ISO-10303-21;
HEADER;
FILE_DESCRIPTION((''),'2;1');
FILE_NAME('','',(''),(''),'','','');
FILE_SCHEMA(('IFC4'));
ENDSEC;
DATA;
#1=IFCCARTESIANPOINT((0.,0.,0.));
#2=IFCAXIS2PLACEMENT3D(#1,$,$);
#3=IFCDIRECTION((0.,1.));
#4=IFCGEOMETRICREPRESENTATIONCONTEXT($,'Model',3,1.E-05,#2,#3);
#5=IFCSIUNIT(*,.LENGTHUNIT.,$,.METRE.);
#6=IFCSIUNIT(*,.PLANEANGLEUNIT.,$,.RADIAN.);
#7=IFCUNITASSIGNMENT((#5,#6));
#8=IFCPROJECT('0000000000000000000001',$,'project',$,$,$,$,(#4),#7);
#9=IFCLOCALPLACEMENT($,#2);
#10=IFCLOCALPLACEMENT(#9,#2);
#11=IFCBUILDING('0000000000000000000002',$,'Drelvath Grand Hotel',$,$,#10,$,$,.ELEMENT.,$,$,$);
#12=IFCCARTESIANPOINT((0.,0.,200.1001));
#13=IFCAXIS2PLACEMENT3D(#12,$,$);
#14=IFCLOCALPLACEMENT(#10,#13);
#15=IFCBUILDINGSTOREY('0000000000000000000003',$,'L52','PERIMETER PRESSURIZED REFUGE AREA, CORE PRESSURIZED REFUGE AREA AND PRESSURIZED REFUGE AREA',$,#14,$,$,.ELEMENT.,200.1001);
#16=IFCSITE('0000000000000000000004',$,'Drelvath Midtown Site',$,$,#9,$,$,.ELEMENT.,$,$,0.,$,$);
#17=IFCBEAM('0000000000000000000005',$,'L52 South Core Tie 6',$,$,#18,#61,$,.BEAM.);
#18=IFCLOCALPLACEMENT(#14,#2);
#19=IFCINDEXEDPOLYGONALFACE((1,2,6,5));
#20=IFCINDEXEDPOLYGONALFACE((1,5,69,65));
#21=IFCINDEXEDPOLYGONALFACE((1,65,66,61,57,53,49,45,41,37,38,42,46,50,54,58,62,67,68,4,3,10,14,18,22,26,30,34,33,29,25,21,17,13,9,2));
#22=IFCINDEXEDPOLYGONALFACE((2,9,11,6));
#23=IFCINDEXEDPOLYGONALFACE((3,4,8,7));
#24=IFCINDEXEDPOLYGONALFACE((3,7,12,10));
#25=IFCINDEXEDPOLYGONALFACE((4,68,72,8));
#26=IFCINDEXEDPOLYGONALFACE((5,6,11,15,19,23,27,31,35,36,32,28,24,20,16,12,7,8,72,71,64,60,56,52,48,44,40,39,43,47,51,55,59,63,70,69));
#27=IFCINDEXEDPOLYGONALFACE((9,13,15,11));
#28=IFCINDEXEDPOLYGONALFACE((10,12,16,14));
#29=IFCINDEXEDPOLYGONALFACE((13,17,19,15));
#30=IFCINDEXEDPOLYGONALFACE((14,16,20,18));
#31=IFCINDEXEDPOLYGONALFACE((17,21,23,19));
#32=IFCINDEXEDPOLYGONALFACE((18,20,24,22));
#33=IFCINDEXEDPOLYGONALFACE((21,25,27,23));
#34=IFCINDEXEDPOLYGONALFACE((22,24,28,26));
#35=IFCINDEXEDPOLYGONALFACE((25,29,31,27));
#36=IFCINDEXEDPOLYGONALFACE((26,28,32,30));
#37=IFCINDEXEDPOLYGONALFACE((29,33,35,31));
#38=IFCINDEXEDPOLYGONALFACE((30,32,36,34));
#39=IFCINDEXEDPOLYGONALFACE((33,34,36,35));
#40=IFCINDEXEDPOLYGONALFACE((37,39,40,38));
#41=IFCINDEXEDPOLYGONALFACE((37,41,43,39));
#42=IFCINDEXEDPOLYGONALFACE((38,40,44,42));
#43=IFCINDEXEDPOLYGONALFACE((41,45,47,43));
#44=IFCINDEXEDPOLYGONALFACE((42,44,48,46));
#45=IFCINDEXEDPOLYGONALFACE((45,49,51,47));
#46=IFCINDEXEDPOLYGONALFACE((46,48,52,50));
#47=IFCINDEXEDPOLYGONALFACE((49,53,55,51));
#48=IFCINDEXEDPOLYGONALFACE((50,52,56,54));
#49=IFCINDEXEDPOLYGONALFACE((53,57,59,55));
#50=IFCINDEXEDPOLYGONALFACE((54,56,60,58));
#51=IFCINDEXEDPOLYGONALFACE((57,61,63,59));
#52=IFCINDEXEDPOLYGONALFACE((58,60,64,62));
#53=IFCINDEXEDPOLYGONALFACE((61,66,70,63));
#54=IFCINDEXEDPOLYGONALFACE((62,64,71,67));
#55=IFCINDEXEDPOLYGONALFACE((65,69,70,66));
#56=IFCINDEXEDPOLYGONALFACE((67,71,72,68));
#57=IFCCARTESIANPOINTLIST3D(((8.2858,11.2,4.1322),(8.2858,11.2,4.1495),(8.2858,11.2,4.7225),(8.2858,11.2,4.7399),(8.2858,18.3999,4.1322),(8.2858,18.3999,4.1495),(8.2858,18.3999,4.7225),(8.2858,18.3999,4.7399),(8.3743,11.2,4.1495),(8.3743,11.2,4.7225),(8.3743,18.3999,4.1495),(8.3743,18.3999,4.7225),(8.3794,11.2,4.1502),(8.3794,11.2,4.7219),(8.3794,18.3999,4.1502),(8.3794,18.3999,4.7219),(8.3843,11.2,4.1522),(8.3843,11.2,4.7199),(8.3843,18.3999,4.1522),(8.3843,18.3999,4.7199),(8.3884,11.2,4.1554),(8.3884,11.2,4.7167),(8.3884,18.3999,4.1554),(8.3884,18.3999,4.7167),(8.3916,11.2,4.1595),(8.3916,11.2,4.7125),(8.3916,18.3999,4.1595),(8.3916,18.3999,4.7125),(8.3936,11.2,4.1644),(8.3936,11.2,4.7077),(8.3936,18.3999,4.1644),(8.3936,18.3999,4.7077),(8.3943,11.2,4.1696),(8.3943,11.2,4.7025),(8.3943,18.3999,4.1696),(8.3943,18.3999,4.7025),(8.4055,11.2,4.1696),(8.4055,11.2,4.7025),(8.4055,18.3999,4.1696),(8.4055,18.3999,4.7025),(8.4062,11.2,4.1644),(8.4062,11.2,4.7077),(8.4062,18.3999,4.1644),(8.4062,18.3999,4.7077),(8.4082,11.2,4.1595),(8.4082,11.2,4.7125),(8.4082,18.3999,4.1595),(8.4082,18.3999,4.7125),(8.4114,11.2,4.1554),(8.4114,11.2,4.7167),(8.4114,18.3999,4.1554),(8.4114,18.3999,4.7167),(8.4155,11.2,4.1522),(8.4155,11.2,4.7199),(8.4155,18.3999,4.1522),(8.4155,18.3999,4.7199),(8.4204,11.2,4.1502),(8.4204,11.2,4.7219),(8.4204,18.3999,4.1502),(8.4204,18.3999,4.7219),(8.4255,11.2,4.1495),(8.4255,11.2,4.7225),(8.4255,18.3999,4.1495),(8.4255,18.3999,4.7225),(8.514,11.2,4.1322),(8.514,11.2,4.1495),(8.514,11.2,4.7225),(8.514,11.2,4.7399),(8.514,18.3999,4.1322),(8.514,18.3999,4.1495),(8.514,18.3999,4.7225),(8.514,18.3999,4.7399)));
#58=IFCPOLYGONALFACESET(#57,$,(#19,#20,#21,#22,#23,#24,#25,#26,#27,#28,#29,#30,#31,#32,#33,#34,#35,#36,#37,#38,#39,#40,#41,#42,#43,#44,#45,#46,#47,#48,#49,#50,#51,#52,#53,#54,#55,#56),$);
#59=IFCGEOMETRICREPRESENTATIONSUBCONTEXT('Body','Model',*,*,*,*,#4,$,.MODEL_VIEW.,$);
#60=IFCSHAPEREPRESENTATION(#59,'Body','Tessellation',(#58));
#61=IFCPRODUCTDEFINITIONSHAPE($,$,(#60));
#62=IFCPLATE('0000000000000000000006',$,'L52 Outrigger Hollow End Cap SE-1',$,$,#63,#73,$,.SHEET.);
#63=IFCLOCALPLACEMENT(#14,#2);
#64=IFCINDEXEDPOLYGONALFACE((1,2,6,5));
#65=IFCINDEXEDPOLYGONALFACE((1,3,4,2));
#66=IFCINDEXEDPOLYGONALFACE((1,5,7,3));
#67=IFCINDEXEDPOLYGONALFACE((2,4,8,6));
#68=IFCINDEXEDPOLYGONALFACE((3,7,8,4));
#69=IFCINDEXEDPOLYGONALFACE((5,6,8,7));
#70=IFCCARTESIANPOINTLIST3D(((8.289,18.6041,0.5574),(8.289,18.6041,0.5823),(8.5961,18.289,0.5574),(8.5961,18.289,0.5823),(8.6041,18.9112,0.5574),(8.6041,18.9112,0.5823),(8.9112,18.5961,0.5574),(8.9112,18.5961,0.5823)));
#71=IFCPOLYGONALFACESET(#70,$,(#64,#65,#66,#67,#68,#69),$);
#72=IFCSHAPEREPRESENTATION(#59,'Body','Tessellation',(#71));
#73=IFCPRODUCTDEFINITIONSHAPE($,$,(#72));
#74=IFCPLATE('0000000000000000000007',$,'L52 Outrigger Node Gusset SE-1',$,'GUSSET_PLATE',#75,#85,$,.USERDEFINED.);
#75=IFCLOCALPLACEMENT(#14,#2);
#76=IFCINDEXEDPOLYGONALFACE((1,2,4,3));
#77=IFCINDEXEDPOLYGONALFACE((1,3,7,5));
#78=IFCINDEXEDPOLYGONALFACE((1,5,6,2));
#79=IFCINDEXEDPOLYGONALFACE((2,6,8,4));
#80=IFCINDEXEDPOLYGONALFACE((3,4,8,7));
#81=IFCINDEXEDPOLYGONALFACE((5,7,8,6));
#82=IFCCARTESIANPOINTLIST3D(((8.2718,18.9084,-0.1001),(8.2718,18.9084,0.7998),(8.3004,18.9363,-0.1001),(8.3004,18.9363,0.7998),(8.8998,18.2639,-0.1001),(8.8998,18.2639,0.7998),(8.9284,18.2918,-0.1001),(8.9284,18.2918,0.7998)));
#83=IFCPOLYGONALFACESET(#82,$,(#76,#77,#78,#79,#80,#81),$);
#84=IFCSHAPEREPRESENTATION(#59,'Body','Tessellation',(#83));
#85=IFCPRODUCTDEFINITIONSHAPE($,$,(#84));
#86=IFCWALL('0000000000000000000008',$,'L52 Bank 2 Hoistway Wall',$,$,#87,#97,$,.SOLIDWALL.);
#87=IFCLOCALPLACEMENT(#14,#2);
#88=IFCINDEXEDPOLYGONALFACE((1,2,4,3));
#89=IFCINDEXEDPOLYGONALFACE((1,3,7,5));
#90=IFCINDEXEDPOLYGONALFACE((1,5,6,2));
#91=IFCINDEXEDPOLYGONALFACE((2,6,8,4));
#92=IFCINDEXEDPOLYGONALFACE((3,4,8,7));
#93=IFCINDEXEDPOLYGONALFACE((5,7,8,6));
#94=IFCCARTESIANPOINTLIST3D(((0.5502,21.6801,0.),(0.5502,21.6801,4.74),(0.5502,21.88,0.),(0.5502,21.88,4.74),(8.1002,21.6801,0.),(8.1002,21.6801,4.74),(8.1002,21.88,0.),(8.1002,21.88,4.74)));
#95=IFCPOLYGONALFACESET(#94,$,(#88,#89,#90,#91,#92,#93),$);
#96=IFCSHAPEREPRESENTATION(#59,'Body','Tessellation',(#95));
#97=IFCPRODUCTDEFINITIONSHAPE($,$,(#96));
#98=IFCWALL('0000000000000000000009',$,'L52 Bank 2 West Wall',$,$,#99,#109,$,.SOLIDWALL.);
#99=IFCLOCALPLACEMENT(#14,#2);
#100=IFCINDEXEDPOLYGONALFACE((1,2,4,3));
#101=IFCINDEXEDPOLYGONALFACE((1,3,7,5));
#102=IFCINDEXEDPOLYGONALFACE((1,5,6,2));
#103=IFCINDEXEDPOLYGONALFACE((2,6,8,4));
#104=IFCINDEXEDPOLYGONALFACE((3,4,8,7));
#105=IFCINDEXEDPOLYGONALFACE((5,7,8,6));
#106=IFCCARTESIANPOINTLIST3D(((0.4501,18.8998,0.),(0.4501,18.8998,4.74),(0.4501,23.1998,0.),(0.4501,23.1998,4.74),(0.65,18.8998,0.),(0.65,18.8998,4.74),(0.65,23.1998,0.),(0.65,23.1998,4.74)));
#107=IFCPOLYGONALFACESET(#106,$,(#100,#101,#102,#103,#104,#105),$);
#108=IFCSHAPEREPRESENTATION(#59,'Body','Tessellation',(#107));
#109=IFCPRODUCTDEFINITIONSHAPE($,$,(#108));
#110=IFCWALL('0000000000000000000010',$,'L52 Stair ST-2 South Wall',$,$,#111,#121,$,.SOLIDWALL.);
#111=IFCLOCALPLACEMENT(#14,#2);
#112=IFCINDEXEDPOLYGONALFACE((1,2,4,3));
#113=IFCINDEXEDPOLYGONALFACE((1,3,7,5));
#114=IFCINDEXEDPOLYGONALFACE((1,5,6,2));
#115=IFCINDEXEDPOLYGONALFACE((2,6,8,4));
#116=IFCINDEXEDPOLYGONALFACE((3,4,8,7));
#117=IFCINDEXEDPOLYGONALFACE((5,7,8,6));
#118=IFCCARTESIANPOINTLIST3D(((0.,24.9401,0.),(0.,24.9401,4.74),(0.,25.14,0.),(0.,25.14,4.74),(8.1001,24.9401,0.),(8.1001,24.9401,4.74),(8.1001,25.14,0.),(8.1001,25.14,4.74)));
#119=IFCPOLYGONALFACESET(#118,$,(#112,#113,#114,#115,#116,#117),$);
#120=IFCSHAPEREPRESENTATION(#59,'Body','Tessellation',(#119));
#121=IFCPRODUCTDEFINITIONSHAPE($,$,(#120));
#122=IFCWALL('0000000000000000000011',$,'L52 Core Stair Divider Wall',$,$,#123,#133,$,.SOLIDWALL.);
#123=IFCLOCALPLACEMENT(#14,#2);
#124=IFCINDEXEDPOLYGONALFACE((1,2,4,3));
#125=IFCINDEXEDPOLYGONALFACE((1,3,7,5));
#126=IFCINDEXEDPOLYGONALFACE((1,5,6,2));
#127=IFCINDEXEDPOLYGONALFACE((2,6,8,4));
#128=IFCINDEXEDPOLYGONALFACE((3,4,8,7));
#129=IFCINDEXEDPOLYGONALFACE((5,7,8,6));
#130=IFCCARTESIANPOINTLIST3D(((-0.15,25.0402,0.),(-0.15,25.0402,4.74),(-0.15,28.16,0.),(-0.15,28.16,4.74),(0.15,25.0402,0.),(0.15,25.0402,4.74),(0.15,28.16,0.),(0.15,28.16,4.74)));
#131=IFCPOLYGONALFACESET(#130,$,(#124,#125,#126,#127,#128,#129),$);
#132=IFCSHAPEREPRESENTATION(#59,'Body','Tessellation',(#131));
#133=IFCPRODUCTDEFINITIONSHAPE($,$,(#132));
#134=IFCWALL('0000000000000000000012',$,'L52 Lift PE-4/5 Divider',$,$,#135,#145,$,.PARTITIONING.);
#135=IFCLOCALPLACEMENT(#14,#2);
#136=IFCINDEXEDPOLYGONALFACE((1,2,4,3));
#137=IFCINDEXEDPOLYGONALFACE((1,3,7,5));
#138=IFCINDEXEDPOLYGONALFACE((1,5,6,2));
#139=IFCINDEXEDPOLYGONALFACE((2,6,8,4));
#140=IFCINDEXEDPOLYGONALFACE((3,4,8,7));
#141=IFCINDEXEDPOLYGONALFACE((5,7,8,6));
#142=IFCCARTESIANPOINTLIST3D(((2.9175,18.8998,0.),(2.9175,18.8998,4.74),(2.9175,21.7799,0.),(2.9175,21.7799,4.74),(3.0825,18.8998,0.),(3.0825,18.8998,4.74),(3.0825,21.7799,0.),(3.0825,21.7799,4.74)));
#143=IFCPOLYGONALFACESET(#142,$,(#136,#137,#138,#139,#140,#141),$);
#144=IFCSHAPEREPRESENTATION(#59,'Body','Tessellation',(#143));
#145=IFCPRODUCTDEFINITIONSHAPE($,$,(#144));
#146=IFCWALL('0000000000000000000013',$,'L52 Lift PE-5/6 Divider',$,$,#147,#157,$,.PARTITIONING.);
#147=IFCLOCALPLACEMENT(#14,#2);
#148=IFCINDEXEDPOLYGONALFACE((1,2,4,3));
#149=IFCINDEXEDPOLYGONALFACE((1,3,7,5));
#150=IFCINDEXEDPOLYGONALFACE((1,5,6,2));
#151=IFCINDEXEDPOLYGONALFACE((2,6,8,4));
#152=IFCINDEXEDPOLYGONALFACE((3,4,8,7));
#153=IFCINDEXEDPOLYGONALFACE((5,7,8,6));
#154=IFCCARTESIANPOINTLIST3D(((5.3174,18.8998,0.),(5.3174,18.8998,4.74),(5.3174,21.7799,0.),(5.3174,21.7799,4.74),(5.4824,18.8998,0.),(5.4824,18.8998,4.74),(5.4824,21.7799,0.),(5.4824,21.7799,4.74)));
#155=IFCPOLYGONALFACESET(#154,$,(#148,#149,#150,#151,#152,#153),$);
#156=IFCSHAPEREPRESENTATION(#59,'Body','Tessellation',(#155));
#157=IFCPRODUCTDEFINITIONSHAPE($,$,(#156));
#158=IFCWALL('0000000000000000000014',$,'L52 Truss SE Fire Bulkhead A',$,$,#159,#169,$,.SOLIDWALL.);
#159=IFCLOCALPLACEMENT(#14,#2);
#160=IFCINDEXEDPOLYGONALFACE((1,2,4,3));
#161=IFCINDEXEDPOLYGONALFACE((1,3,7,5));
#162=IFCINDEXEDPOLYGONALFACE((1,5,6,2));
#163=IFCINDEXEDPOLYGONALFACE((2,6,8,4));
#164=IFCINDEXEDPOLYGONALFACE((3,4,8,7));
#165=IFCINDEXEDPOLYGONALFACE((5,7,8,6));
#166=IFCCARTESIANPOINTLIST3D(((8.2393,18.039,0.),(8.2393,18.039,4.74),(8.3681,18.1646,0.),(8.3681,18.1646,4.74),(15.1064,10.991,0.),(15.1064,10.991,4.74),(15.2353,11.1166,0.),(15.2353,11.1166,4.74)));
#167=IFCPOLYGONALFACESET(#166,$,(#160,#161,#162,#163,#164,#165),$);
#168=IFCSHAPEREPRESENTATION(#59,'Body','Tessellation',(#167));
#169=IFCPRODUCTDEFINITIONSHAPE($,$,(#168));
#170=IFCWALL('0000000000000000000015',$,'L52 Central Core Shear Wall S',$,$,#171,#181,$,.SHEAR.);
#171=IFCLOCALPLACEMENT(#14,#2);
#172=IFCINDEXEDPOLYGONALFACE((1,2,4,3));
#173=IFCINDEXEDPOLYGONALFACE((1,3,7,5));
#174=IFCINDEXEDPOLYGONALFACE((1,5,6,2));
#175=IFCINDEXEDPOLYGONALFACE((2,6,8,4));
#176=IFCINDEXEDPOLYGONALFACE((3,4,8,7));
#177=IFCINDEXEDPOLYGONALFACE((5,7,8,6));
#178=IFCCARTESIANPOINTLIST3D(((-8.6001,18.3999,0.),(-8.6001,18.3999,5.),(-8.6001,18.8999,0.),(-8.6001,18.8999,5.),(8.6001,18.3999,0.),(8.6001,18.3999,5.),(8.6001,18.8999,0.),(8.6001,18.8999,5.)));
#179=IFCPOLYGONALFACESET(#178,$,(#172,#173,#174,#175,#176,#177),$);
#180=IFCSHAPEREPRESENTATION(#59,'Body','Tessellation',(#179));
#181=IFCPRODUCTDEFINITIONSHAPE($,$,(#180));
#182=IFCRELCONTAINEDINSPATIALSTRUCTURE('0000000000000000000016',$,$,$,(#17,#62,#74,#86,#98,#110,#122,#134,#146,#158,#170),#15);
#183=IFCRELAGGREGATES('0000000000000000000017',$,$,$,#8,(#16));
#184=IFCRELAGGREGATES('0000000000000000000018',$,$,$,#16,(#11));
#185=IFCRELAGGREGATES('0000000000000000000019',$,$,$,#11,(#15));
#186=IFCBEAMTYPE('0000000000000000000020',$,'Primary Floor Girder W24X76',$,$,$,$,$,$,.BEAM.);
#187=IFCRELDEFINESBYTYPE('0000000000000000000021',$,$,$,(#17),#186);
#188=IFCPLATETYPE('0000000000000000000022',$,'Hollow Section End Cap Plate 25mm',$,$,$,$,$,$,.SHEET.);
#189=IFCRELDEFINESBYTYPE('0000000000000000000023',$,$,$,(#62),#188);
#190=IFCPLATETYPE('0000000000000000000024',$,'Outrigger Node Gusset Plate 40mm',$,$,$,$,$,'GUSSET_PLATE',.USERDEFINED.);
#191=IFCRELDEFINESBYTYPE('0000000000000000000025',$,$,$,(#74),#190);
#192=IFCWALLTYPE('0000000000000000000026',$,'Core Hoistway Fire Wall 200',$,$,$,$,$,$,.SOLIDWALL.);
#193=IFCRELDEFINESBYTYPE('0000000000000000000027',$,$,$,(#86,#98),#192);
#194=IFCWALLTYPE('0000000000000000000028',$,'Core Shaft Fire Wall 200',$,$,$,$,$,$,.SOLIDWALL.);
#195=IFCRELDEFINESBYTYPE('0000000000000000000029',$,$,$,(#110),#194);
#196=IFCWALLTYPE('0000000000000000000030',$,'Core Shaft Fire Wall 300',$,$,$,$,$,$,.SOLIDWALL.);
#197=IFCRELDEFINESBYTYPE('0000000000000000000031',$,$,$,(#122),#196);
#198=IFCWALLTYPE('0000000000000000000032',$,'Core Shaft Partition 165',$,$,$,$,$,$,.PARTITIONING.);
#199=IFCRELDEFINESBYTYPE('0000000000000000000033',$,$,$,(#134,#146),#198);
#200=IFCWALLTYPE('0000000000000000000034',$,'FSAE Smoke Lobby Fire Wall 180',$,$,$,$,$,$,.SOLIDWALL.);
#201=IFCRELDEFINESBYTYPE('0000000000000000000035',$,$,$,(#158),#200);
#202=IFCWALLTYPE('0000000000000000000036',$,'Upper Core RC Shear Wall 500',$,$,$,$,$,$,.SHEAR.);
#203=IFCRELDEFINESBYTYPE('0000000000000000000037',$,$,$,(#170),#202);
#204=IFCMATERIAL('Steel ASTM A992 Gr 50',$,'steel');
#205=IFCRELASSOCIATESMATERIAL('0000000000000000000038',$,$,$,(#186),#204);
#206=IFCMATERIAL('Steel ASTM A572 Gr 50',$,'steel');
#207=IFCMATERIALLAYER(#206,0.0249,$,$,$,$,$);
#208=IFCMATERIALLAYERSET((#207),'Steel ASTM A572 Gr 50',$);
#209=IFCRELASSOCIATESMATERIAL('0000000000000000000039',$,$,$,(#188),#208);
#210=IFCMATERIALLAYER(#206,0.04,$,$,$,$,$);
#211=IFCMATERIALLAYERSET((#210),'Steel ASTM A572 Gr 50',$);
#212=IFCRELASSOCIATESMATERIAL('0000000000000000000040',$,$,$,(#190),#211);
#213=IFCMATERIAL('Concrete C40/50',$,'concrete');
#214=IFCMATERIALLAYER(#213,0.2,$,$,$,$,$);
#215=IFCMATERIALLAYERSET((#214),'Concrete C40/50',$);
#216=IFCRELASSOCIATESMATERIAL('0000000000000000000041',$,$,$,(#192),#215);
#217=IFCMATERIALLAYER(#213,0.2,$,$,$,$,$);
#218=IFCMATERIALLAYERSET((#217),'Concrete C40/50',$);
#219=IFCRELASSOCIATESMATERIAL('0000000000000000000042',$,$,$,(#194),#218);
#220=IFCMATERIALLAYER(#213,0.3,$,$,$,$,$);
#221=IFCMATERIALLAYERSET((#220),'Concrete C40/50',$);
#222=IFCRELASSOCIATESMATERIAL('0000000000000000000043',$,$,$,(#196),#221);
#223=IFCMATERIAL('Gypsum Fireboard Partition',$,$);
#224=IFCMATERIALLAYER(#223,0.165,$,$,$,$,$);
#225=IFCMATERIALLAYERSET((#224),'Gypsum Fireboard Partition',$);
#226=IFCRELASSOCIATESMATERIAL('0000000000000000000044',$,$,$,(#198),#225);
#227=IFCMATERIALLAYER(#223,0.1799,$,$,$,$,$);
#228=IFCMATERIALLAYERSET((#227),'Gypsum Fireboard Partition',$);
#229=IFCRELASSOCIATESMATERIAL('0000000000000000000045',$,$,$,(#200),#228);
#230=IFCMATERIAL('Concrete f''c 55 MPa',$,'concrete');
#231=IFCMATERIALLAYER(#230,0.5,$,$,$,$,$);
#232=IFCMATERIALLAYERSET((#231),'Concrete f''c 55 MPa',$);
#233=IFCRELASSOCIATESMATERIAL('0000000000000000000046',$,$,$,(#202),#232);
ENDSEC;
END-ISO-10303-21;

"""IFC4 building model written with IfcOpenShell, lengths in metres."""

from ifc_helpers import new_model, si_unit, direction, frame, frame_2d, origin, origin_2d, place, context, subcontext, project, spatial, rectangle, i_section, extrude, material, layer, layer_set, material_profile, profile_set, type_object, element, save


model = new_model("IFC4")

# Units and contexts
model_context = context("Model", 3, precision=1e-05, world=origin(), true_north=direction((0.0, 1.0)))
body_context = subcontext(model_context, "Body", "Model", "MODEL_VIEW")
ifc_project = project(units=[si_unit("LENGTHUNIT", "METRE"), si_unit("PLANEANGLEUNIT", "RADIAN")], contexts=[model_context])

# Site, building, storey
site_placement = place(None, origin())
site = spatial("IfcSite", under=ifc_project, at=site_placement, Name="Drelvath Midtown Site", CompositionType="ELEMENT", RefElevation=0.0)
building_placement = place(site_placement, origin())
building = spatial("IfcBuilding", under=site, at=building_placement, Name="Drelvath Grand Hotel", CompositionType="ELEMENT")
storey_placement = place(building_placement, frame((0.0, 0.0, 200.1001)))
storey = spatial("IfcBuildingStorey", under=building, at=storey_placement, Name="L52", Description="PERIMETER PRESSURIZED REFUGE AREA, CORE PRESSURIZED REFUGE AREA AND PRESSURIZED REFUGE AREA", CompositionType="ELEMENT", Elevation=200.1001)

# Shared definitions
ifc_material_1 = material(Name="Concrete f'c 55 MPa", Category="concrete")

# Beam
ifc_material_2 = material(Name="Steel ASTM A992 Gr 50", Category="steel")
ifc_material_profile_1 = material_profile(ifc_material_2, i_section(OverallWidth=0.2283, OverallDepth=0.6077, WebThickness=0.0112, FlangeThickness=0.0173, FilletRadius=0.02, at=origin_2d()), Name="W24X76")
ifc_profile_set_1 = profile_set([ifc_material_profile_1], Name="Steel ASTM A992 Gr 50")
beam_type_1 = type_object("IfcBeamType", Name="Primary Floor Girder W24X76", PredefinedType="BEAM", material=ifc_profile_set_1)
for number, where, z_axis, x_axis, name in (
    (1, (8.3999, 11.2, 4.436), (0.0, 1.0, 0.0), (-1.0, 0.0, 0.0), "L52 South Core Tie 6"),
):
    element("IfcBeam", number, at=place(storey_placement, frame(where, z_axis=z_axis, x_axis=x_axis)), inside=storey, type_object=beam_type_1, Name=name, PredefinedType="BEAM", context=body_context, shape_type="SweptSolid", body=[
        extrude(i_section(OverallWidth=0.2283, OverallDepth=0.6077, WebThickness=0.0112, FlangeThickness=0.0173, FilletRadius=0.02, at=origin_2d()), origin(), (0.0, 0.0, 1.0), 7.2),
    ])

# Plates
ifc_material_3 = material(Name="Steel ASTM A572 Gr 50", Category="steel")
ifc_layer_1 = layer(ifc_material_3, 0.0249)
ifc_layer_set_1 = layer_set([ifc_layer_1], Name="Steel ASTM A572 Gr 50")
plate_type_1 = type_object("IfcPlateType", Name="Hollow Section End Cap Plate 25mm", PredefinedType="SHEET", material=ifc_layer_set_1)
plate_1_placement = place(storey_placement, frame((8.6001, 18.6001, 0.5574), z_axis=(0.0, 0.0, 1.0), x_axis=(0.697865, -0.71623, 0.0)))
element("IfcPlate", 2, at=plate_1_placement, inside=storey, type_object=plate_type_1, Name="L52 Outrigger Hollow End Cap SE-1", PredefinedType="SHEET", context=body_context, shape_type="SweptSolid", body=[
    extrude(rectangle(XDim=0.4399, YDim=0.4399, at=origin_2d()), origin(), (0.0, 0.0, 1.0), 0.0249),
])
ifc_layer_2 = layer(ifc_material_3, 0.04)
ifc_layer_set_2 = layer_set([ifc_layer_2], Name="Steel ASTM A572 Gr 50")
plate_type_2 = type_object("IfcPlateType", Name="Outrigger Node Gusset Plate 40mm", ElementType="GUSSET_PLATE", PredefinedType="USERDEFINED", material=ifc_layer_set_2)
plate_2_placement = place(storey_placement, frame((8.6001, 18.6001, -0.1001), z_axis=(0.0, 0.0, 1.0), x_axis=(0.697865, -0.71623, 0.0)))
element("IfcPlate", 3, at=plate_2_placement, inside=storey, type_object=plate_type_2, Name="L52 Outrigger Node Gusset SE-1", ObjectType="GUSSET_PLATE", PredefinedType="USERDEFINED", context=body_context, shape_type="SweptSolid", body=[
    extrude(rectangle(XDim=0.8999, YDim=0.04, at=origin_2d()), origin(), (0.0, 0.0, 1.0), 0.8999),
])

# Walls
ifc_material_4 = material(Name="Concrete C40/50", Category="concrete")
ifc_layer_3 = layer(ifc_material_4, 0.2)
ifc_layer_set_3 = layer_set([ifc_layer_3], Name="Concrete C40/50")
wall_type_1 = type_object("IfcWallType", Name="Core Hoistway Fire Wall 200", PredefinedType="SOLIDWALL", material=ifc_layer_set_3)
wall_1_placement = place(storey_placement, frame((8.1001, 21.78, 0.0), z_axis=(0.0, 0.0, 1.0), x_axis=(-1.0, 0.0, 0.0)))
element("IfcWall", 4, at=wall_1_placement, inside=storey, type_object=wall_type_1, Name="L52 Bank 2 Hoistway Wall", PredefinedType="SOLIDWALL", context=body_context, shape_type="SweptSolid", body=[
    extrude(rectangle(XDim=7.55, YDim=0.2, at=frame_2d((3.7749, 0.0))), origin(), (0.0, 0.0, 1.0), 4.74),
])
wall_2_placement = place(storey_placement, frame((0.55, 18.8999, 0.0), z_axis=(0.0, 0.0, 1.0), x_axis=(0.0, 1.0, 0.0)))
element("IfcWall", 5, at=wall_2_placement, inside=storey, type_object=wall_type_1, Name="L52 Bank 2 West Wall", PredefinedType="SOLIDWALL", context=body_context, shape_type="SweptSolid", body=[
    extrude(rectangle(XDim=4.3, YDim=0.2, at=frame_2d((2.1499, 0.0))), origin(), (0.0, 0.0, 1.0), 4.74),
])
ifc_layer_4 = layer(ifc_material_4, 0.2)
ifc_layer_set_4 = layer_set([ifc_layer_4], Name="Concrete C40/50")
wall_type_2 = type_object("IfcWallType", Name="Core Shaft Fire Wall 200", PredefinedType="SOLIDWALL", material=ifc_layer_set_4)
wall_3_placement = place(storey_placement, frame((0.0, 25.04, 0.0), z_axis=(0.0, 0.0, 1.0), x_axis=(1.0, 0.0, 0.0)))
element("IfcWall", 6, at=wall_3_placement, inside=storey, type_object=wall_type_2, Name="L52 Stair ST-2 South Wall", PredefinedType="SOLIDWALL", context=body_context, shape_type="SweptSolid", body=[
    extrude(rectangle(XDim=8.1001, YDim=0.2, at=frame_2d((4.05, 0.0))), origin(), (0.0, 0.0, 1.0), 4.74),
])
ifc_layer_5 = layer(ifc_material_4, 0.3)
ifc_layer_set_5 = layer_set([ifc_layer_5], Name="Concrete C40/50")
wall_type_3 = type_object("IfcWallType", Name="Core Shaft Fire Wall 300", PredefinedType="SOLIDWALL", material=ifc_layer_set_5)
wall_4_placement = place(storey_placement, frame((0.0, 25.04, 0.0), z_axis=(0.0, 0.0, 1.0), x_axis=(0.0, 1.0, 0.0)))
element("IfcWall", 7, at=wall_4_placement, inside=storey, type_object=wall_type_3, Name="L52 Core Stair Divider Wall", PredefinedType="SOLIDWALL", context=body_context, shape_type="SweptSolid", body=[
    extrude(rectangle(XDim=3.1199, YDim=0.3, at=frame_2d((1.5601, 0.0))), origin(), (0.0, 0.0, 1.0), 4.74),
])
ifc_material_5 = material(Name="Gypsum Fireboard Partition")
ifc_layer_6 = layer(ifc_material_5, 0.165)
ifc_layer_set_6 = layer_set([ifc_layer_6], Name="Gypsum Fireboard Partition")
wall_type_4 = type_object("IfcWallType", Name="Core Shaft Partition 165", PredefinedType="PARTITIONING", material=ifc_layer_set_6)
for number, where, z_axis, x_axis, name in (
    (8, (3.0, 18.8999, 0.0), (0.0, 0.0, 1.0), (0.0, 1.0, 0.0), "L52 Lift PE-4/5 Divider"),
    (9, (5.3999, 18.8999, 0.0), (0.0, 0.0, 1.0), (0.0, 1.0, 0.0), "L52 Lift PE-5/6 Divider"),
):
    element("IfcWall", number, at=place(storey_placement, frame(where, z_axis=z_axis, x_axis=x_axis)), inside=storey, type_object=wall_type_4, Name=name, PredefinedType="PARTITIONING", context=body_context, shape_type="SweptSolid", body=[
        extrude(rectangle(XDim=2.8801, YDim=0.165, at=frame_2d((1.4399, 0.0))), origin(), (0.0, 0.0, 1.0), 4.74),
    ])
ifc_layer_7 = layer(ifc_material_5, 0.1799)
ifc_layer_set_7 = layer_set([ifc_layer_7], Name="Gypsum Fireboard Partition")
wall_type_5 = type_object("IfcWallType", Name="FSAE Smoke Lobby Fire Wall 180", PredefinedType="SOLIDWALL", material=ifc_layer_set_7)
wall_5_placement = place(storey_placement, frame((8.3037, 18.1018, 0.0), z_axis=(0.0, 0.0, 1.0), x_axis=(0.697855, -0.716239, 0.0)))
element("IfcWall", 10, at=wall_5_placement, inside=storey, type_object=wall_type_5, Name="L52 Truss SE Fire Bulkhead A", PredefinedType="SOLIDWALL", context=body_context, shape_type="SweptSolid", body=[
    extrude(rectangle(XDim=9.8403, YDim=0.1799, at=frame_2d((4.9202, 0.0))), origin(), (0.0, 0.0, 1.0), 4.74),
])
ifc_layer_8 = layer(ifc_material_1, 0.5)
ifc_layer_set_8 = layer_set([ifc_layer_8], Name="Concrete f'c 55 MPa")
wall_type_6 = type_object("IfcWallType", Name="Upper Core RC Shear Wall 500", PredefinedType="SHEAR", material=ifc_layer_set_8)
wall_6_placement = place(storey_placement, frame((8.6001, 18.6499, 0.0), z_axis=(0.0, 0.0, 1.0), x_axis=(-1.0, 0.0, 0.0)))
element("IfcWall", 11, at=wall_6_placement, inside=storey, type_object=wall_type_6, Name="L52 Central Core Shear Wall S", PredefinedType="SHEAR", context=body_context, shape_type="SweptSolid", body=[
    extrude(rectangle(XDim=17.2002, YDim=0.5, at=frame_2d((8.6001, 0.0))), origin(), (0.0, 0.0, 1.0), 5.0),
])

save(model, "model.ifc")
